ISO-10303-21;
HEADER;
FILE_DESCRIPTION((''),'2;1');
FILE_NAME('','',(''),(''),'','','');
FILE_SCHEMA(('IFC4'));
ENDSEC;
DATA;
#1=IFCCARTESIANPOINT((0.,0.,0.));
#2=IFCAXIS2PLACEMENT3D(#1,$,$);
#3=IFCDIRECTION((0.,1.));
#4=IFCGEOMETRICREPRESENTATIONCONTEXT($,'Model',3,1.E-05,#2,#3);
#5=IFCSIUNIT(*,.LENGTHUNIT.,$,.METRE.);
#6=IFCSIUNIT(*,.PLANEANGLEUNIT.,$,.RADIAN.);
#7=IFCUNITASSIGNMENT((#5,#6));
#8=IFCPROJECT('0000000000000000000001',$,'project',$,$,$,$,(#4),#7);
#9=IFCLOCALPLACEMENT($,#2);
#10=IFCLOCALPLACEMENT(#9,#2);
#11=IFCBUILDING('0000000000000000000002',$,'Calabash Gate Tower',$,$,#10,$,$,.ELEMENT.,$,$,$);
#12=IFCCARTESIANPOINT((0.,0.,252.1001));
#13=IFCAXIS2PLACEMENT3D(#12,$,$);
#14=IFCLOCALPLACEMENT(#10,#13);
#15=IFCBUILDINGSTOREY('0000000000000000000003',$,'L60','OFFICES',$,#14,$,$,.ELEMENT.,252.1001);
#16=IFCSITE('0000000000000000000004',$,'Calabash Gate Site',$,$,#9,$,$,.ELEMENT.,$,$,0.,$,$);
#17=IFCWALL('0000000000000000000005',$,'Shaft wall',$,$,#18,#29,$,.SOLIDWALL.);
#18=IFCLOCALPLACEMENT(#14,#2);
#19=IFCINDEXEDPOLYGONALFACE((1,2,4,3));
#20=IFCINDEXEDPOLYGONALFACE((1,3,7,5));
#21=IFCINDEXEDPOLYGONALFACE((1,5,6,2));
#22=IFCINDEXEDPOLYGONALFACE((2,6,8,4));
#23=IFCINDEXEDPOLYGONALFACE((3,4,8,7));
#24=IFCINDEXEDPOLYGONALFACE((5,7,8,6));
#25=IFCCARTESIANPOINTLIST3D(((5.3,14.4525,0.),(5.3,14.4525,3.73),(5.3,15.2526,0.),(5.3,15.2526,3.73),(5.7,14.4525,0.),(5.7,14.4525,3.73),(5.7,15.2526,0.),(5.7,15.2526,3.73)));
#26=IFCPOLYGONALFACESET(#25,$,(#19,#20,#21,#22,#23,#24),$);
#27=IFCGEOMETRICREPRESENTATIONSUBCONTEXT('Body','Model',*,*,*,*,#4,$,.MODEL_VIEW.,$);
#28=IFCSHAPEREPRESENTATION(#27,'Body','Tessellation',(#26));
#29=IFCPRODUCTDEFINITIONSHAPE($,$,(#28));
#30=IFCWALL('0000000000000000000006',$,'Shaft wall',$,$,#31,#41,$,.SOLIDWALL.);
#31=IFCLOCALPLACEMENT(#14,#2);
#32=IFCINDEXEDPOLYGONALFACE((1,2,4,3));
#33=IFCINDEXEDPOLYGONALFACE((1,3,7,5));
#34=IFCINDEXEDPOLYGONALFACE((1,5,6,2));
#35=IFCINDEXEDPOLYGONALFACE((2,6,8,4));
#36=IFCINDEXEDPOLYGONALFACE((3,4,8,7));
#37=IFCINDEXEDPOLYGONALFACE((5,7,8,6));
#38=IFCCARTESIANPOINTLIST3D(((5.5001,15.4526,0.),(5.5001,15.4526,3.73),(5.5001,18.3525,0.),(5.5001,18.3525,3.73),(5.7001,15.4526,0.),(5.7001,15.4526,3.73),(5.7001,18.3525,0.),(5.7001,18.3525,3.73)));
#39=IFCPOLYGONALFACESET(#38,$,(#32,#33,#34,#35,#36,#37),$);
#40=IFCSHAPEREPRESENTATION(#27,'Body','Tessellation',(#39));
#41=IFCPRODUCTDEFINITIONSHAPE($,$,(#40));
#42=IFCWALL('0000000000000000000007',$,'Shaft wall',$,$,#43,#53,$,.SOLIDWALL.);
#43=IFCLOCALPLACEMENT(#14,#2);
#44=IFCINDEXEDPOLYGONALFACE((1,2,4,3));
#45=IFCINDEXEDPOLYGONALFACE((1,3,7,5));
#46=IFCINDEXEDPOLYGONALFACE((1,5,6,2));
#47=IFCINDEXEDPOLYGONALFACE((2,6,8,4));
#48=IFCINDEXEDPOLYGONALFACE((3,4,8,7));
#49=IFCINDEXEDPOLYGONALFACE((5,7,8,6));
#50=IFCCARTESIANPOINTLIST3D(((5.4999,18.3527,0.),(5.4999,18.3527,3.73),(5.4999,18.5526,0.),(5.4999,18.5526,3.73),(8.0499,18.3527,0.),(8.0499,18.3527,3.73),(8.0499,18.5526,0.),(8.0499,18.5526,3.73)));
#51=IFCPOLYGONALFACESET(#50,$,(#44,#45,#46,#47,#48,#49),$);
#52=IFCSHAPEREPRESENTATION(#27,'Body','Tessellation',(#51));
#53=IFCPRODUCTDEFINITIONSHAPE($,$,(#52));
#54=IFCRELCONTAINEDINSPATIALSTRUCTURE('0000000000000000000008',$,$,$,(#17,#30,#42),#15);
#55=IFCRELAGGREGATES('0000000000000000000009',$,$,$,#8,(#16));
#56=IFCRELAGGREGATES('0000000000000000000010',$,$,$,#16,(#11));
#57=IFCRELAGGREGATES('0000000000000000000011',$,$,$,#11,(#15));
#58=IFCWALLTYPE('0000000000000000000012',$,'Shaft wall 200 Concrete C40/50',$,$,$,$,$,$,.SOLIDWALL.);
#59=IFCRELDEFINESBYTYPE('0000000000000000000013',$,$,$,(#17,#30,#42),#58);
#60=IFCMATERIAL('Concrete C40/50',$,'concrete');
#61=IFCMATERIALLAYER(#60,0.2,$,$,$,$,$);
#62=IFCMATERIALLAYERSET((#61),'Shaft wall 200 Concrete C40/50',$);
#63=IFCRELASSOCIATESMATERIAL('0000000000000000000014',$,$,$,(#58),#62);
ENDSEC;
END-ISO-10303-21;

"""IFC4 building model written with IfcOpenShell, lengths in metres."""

from ifc_helpers import new_model, si_unit, direction, frame, frame_2d, origin, place, context, subcontext, project, spatial, rectangle, extrude, material, layer, layer_set, type_object, element, save


model = new_model("IFC4")

# Units and contexts
model_context = context("Model", 3, precision=1e-05, world=origin(), true_north=direction((0.0, 1.0)))
body_context = subcontext(model_context, "Body", "Model", "MODEL_VIEW")
ifc_project = project(units=[si_unit("LENGTHUNIT", "METRE"), si_unit("PLANEANGLEUNIT", "RADIAN")], contexts=[model_context])

# Site, building, storey
site_placement = place(None, origin())
site = spatial("IfcSite", under=ifc_project, at=site_placement, Name="Calabash Gate Site", CompositionType="ELEMENT", RefElevation=0.0)
building_placement = place(site_placement, origin())
building = spatial("IfcBuilding", under=site, at=building_placement, Name="Calabash Gate Tower", CompositionType="ELEMENT")
storey_placement = place(building_placement, frame((0.0, 0.0, 252.1001)))
storey = spatial("IfcBuildingStorey", under=building, at=storey_placement, Name="L60", Description="OFFICES", CompositionType="ELEMENT", Elevation=252.1001)

# Shared definitions
ifc_material_1 = material(Name="Concrete C40/50", Category="concrete")
ifc_layer_1 = layer(ifc_material_1, 0.2)
ifc_layer_set_1 = layer_set([ifc_layer_1], Name="Shaft wall 200 Concrete C40/50")
wall_type_1 = type_object("IfcWallType", Name="Shaft wall 200 Concrete C40/50", PredefinedType="SOLIDWALL", material=ifc_layer_set_1)

# Walls
wall_1_placement = place(storey_placement, frame((5.5, 14.4526, 0.0), z_axis=(0.0, 0.0, 1.0), x_axis=(0.0, 1.0, 0.0)))
element("IfcWall", 1, at=wall_1_placement, inside=storey, type_object=wall_type_1, Name="Shaft wall", PredefinedType="SOLIDWALL", context=body_context, shape_type="SweptSolid", body=[
    extrude(rectangle(XDim=0.8, YDim=0.3999, at=frame_2d((0.3999, 0.0))), origin(), (0.0, 0.0, 1.0), 3.73),
])
wall_2_placement = place(storey_placement, frame((5.6001, 15.4526, 0.0), z_axis=(0.0, 0.0, 1.0), x_axis=(0.0, 1.0, 0.0)))
element("IfcWall", 2, at=wall_2_placement, inside=storey, type_object=wall_type_1, Name="Shaft wall", PredefinedType="SOLIDWALL", context=body_context, shape_type="SweptSolid", body=[
    extrude(rectangle(XDim=2.8999, YDim=0.2, at=frame_2d((1.45, 0.0))), origin(), (0.0, 0.0, 1.0), 3.73),
])
wall_3_placement = place(storey_placement, frame((5.5, 18.4526, 0.0), z_axis=(0.0, 0.0, 1.0), x_axis=(1.0, 0.0, 0.0)))
element("IfcWall", 3, at=wall_3_placement, inside=storey, type_object=wall_type_1, Name="Shaft wall", PredefinedType="SOLIDWALL", context=body_context, shape_type="SweptSolid", body=[
    extrude(rectangle(XDim=2.55, YDim=0.2, at=frame_2d((1.2749, 0.0))), origin(), (0.0, 0.0, 1.0), 3.73),
])

save(model, "model.ifc")
